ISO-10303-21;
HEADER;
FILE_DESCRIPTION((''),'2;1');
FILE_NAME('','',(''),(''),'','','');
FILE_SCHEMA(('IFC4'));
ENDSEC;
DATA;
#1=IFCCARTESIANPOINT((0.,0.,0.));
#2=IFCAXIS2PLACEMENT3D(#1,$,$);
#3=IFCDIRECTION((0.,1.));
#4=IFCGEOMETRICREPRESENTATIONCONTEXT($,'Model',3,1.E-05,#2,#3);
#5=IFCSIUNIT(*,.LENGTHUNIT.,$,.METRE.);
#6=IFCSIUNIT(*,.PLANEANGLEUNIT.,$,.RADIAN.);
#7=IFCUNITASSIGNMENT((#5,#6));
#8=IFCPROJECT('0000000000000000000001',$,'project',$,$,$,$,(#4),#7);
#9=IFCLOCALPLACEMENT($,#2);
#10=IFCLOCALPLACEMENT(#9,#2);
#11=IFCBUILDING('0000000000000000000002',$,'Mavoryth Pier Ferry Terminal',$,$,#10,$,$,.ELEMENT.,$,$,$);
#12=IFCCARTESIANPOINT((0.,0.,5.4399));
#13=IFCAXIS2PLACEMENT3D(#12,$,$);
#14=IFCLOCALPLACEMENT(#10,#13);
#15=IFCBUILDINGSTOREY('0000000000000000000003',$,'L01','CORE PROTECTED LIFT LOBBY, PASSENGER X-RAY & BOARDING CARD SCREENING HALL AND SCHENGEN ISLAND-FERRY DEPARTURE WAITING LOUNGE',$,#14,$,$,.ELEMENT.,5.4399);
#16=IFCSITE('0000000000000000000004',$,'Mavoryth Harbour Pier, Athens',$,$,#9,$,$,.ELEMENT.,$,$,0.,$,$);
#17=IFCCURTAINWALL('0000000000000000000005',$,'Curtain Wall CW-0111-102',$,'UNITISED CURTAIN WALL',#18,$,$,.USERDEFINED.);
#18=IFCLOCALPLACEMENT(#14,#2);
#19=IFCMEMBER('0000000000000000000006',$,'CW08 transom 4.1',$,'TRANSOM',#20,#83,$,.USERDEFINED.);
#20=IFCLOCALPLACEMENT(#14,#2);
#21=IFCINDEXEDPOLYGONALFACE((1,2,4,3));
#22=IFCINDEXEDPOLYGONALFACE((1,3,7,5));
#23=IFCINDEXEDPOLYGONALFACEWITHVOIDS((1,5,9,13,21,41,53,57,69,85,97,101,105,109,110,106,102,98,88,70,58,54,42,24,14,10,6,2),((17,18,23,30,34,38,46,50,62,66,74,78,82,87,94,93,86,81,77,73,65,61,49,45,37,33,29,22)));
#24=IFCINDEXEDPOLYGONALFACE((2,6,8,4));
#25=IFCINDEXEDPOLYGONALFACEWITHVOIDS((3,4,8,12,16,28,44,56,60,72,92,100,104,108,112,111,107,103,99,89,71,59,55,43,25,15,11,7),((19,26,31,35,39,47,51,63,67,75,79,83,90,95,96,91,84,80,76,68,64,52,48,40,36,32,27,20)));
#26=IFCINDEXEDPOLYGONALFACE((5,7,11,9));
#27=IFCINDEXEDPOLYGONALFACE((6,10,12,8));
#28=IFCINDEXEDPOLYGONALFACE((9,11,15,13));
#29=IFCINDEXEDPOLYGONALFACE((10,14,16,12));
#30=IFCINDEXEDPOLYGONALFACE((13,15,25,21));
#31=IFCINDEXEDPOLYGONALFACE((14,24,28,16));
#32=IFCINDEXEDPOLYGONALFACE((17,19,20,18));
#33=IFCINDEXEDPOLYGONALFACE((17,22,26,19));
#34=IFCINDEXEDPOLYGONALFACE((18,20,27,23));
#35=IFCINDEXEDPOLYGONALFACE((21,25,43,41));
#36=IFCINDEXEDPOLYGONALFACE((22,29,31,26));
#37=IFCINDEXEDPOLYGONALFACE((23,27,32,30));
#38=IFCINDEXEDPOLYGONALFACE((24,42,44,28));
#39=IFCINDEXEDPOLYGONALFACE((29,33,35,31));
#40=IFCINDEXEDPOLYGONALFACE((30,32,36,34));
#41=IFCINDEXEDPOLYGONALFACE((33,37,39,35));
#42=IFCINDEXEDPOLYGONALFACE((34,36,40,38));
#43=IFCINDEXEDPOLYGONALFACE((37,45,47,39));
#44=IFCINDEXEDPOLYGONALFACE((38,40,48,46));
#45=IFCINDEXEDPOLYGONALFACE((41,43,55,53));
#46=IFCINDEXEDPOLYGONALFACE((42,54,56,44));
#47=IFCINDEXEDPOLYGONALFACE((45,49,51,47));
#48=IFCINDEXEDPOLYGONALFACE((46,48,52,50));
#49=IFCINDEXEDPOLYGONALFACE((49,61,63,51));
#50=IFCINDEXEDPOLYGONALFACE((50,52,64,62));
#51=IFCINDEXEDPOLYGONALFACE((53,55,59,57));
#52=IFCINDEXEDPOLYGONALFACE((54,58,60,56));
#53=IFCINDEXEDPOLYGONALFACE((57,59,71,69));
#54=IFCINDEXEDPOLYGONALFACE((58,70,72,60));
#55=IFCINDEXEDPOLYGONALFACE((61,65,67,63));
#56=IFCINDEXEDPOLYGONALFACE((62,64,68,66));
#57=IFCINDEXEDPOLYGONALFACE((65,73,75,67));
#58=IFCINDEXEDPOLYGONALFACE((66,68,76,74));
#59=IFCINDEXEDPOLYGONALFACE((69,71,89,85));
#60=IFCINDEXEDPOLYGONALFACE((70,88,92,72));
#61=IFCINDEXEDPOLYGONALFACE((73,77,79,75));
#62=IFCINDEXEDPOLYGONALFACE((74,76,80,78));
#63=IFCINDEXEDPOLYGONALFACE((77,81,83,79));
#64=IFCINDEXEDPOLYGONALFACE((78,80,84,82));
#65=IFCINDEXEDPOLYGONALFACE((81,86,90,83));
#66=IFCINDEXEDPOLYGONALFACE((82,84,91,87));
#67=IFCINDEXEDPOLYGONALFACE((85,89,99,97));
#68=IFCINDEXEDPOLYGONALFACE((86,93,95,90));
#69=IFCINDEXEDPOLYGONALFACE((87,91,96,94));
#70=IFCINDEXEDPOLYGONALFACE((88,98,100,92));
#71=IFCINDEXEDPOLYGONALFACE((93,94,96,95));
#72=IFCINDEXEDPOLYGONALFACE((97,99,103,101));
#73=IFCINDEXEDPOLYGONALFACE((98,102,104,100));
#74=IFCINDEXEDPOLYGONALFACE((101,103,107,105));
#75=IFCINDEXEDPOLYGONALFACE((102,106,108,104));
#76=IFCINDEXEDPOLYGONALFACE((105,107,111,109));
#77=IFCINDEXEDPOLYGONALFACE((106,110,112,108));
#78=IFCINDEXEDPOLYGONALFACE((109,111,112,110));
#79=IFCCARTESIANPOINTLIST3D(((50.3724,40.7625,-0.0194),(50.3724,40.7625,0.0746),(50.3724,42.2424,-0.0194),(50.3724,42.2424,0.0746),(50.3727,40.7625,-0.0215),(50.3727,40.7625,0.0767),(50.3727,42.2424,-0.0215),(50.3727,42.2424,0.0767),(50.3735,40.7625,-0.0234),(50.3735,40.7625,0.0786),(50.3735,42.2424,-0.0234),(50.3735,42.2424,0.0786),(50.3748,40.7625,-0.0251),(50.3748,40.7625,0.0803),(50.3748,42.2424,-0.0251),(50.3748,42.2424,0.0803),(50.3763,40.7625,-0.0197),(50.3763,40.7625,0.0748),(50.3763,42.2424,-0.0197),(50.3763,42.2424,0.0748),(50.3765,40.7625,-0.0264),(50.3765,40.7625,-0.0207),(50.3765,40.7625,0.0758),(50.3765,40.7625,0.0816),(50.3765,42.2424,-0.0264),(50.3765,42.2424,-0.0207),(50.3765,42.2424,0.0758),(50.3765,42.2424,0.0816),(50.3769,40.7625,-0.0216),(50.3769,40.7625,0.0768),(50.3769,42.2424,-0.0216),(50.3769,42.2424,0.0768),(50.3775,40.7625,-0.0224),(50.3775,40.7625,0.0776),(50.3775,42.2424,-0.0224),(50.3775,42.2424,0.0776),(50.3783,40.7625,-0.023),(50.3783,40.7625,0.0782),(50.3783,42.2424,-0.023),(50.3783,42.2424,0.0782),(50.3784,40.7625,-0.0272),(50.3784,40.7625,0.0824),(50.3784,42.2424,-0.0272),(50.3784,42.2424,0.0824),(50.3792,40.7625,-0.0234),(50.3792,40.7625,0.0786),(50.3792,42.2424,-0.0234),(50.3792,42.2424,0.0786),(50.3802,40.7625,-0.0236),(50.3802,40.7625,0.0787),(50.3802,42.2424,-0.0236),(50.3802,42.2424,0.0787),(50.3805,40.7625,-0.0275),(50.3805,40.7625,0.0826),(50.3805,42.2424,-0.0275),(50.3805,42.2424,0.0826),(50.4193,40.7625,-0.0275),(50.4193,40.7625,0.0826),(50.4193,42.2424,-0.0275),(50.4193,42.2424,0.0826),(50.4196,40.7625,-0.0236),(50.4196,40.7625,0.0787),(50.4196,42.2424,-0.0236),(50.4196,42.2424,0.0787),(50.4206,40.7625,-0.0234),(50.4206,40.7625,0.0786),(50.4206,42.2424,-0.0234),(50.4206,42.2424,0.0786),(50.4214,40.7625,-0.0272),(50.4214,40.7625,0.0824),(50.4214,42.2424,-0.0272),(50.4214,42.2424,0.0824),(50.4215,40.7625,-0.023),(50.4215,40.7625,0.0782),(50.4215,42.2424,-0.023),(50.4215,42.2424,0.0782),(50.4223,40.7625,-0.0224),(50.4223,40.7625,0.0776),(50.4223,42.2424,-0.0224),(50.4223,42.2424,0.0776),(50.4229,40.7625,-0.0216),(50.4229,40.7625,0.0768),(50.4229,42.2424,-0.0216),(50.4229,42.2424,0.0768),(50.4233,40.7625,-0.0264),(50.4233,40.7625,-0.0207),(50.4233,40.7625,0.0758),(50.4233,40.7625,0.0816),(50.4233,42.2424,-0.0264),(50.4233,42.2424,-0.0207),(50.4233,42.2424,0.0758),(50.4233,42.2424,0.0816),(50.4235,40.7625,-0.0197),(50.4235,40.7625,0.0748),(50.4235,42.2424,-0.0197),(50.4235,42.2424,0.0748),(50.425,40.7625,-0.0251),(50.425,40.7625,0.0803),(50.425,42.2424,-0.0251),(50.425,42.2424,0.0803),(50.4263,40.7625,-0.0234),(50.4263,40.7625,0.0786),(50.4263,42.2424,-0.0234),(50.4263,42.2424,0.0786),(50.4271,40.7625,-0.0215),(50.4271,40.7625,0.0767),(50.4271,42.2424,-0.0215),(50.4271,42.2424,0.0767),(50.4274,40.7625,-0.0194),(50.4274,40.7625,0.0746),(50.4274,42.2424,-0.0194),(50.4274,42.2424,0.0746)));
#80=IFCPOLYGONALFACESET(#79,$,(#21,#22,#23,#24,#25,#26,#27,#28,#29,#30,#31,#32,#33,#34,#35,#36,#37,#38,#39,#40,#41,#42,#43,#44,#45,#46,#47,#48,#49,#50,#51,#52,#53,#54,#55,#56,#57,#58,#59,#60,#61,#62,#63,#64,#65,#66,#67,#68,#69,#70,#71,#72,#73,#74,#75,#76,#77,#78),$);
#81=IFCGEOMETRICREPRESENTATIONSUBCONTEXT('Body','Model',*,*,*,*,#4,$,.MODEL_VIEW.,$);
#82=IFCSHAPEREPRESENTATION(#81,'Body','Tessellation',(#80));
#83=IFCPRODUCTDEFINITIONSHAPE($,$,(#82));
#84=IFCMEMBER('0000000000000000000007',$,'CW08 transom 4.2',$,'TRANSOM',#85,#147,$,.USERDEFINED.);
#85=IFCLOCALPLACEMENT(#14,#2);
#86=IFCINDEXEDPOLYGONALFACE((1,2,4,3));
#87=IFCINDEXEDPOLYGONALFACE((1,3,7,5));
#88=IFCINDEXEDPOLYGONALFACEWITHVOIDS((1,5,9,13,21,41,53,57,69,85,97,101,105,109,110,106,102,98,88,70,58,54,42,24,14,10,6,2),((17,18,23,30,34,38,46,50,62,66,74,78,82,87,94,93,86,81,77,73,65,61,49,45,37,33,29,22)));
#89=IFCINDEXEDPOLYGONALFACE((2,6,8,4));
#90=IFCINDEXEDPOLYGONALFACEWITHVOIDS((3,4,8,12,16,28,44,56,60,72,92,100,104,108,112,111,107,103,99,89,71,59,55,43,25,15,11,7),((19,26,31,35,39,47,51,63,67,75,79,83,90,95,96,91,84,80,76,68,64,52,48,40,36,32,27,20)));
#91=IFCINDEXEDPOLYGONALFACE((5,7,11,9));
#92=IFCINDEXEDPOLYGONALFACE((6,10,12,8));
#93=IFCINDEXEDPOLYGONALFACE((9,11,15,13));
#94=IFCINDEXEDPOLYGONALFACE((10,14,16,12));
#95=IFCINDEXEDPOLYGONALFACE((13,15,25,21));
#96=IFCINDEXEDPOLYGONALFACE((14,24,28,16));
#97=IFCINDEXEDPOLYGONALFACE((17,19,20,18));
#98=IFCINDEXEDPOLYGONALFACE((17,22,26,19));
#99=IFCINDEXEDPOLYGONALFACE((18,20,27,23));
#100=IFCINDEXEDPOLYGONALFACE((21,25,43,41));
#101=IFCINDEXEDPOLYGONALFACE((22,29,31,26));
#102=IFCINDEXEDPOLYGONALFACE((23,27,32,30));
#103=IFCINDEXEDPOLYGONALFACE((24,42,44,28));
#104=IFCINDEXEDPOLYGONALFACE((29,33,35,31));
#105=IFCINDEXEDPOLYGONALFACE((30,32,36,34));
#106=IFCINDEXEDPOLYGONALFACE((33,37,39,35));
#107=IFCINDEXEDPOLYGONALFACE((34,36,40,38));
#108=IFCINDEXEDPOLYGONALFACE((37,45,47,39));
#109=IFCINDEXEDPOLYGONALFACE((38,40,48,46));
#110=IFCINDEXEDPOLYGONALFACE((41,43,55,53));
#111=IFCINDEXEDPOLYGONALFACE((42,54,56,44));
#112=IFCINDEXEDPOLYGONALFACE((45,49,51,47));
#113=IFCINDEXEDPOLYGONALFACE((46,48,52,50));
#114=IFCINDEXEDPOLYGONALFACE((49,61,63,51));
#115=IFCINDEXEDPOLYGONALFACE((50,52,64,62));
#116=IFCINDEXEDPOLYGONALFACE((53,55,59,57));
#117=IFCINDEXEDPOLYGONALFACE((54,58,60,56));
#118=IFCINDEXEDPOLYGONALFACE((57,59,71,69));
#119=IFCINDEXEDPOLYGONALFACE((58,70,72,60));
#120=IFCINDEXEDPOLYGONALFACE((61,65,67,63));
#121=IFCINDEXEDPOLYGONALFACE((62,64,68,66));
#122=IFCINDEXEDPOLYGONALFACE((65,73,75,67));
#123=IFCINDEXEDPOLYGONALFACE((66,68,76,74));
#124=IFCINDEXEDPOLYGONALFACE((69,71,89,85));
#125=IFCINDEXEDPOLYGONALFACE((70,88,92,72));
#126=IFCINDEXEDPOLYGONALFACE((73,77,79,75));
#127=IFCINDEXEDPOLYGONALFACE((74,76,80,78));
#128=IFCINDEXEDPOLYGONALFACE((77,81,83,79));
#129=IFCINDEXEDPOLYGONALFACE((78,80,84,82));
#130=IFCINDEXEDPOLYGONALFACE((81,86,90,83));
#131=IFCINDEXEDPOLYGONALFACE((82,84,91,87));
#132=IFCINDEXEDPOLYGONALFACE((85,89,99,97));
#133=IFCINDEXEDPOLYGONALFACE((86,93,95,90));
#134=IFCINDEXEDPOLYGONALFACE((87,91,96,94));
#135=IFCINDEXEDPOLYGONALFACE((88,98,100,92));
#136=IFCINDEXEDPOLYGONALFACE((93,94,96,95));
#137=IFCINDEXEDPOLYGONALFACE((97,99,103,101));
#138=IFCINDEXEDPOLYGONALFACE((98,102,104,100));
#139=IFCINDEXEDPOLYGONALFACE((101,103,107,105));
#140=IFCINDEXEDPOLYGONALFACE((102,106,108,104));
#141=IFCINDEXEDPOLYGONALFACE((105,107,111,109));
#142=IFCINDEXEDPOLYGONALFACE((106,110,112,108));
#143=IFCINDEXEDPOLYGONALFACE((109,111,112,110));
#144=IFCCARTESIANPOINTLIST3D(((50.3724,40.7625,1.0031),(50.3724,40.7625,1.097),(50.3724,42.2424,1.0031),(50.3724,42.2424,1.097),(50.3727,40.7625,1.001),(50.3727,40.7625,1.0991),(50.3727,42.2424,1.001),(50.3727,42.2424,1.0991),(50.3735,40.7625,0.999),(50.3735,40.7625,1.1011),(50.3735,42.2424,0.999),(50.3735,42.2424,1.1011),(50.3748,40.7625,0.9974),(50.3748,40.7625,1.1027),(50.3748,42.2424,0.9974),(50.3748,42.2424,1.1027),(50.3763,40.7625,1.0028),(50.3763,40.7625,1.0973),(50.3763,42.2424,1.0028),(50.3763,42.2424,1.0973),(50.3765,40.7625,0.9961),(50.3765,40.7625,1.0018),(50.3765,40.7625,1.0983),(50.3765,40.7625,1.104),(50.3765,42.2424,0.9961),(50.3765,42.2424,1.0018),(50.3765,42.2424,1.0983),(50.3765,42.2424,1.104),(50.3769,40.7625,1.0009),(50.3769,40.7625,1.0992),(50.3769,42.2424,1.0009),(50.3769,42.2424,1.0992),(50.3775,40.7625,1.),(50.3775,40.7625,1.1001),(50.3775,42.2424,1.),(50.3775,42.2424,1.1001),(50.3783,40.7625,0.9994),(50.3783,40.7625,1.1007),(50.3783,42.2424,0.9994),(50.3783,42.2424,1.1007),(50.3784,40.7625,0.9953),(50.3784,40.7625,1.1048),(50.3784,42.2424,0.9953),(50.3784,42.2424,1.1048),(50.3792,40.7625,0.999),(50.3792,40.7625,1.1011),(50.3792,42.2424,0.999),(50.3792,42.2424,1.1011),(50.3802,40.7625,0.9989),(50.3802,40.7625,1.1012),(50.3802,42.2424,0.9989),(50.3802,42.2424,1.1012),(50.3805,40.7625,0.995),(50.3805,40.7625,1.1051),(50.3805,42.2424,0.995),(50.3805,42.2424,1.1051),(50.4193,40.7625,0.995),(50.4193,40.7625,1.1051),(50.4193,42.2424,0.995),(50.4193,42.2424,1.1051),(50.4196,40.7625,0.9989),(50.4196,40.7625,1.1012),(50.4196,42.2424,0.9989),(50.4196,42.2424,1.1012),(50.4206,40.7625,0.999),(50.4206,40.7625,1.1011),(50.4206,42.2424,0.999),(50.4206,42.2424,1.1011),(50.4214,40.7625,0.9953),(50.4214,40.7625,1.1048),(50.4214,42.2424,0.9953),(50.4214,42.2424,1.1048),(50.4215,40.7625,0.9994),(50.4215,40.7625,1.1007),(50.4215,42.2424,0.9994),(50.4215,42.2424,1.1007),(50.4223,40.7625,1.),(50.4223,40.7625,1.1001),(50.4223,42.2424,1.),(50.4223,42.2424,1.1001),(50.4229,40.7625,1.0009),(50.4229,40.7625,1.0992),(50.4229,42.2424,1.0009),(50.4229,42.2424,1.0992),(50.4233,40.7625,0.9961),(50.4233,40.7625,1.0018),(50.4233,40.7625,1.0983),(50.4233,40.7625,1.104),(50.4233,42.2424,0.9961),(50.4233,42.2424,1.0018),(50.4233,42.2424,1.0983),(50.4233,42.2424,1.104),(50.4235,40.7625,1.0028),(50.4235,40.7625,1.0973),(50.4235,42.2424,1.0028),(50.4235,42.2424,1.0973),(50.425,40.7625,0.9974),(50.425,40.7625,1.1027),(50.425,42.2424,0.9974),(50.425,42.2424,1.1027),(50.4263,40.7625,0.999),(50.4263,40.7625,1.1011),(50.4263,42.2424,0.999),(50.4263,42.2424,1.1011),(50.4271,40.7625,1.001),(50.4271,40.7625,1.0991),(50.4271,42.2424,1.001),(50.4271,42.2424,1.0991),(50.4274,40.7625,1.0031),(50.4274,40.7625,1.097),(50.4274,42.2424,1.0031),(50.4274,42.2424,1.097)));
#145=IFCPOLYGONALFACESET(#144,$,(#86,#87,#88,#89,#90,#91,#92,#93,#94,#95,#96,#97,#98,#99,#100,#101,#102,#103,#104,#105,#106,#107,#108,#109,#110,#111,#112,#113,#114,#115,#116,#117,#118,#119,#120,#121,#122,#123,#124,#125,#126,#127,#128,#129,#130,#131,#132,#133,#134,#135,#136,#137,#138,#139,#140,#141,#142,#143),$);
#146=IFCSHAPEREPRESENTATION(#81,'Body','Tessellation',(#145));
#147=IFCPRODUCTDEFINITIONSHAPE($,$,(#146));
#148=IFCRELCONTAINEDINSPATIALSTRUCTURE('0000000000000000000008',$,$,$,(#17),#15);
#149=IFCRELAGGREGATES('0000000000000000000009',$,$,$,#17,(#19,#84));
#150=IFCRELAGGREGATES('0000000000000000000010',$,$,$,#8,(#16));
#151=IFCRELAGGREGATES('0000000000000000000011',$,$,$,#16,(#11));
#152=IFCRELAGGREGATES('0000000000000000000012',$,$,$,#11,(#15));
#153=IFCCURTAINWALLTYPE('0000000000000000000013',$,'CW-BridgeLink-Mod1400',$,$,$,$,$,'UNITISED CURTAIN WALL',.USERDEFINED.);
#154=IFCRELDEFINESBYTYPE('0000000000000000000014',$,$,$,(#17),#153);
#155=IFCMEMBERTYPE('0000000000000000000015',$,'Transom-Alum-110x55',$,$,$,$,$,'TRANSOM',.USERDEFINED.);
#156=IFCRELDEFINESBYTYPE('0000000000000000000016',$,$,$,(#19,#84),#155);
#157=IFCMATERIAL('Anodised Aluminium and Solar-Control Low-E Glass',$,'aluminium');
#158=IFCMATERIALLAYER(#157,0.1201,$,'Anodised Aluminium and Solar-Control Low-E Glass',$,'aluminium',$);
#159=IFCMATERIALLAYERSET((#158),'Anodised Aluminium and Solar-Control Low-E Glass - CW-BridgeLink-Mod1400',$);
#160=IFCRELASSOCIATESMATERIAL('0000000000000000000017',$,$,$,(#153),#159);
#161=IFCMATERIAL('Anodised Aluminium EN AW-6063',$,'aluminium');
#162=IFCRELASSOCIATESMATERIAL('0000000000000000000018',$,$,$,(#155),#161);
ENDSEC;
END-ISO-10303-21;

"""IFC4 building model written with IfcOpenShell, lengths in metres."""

from ifc_helpers import new_model, si_unit, direction, frame, origin, origin_2d, place, context, subcontext, project, spatial, hollow_rectangle, extrude, material, layer, layer_set, material_profile, profile_set, type_object, element, aggregate, save


model = new_model("IFC4")

# Units and contexts
model_context = context("Model", 3, precision=1e-05, world=origin(), true_north=direction((0.0, 1.0)))
body_context = subcontext(model_context, "Body", "Model", "MODEL_VIEW")
ifc_project = project(units=[si_unit("LENGTHUNIT", "METRE"), si_unit("PLANEANGLEUNIT", "RADIAN")], contexts=[model_context])

# Site, building, storey
site_placement = place(None, origin())
site = spatial("IfcSite", under=ifc_project, at=site_placement, Name="Mavoryth Harbour Pier, Athens", CompositionType="ELEMENT", RefElevation=0.0)
building_placement = place(site_placement, origin())
building = spatial("IfcBuilding", under=site, at=building_placement, Name="Mavoryth Pier Ferry Terminal", CompositionType="ELEMENT")
storey_placement = place(building_placement, frame((0.0, 0.0, 5.4399)))
storey = spatial("IfcBuildingStorey", under=building, at=storey_placement, Name="L01", Description="CORE PROTECTED LIFT LOBBY, PASSENGER X-RAY & BOARDING CARD SCREENING HALL AND SCHENGEN ISLAND-FERRY DEPARTURE WAITING LOUNGE", CompositionType="ELEMENT", Elevation=5.4399)

# Curtain wall
ifc_material_1 = material(Name="Anodised Aluminium and Solar-Control Low-E Glass", Category="aluminium")
ifc_layer_1 = layer(ifc_material_1, 0.1201, Name="Anodised Aluminium and Solar-Control Low-E Glass", Category="aluminium")
ifc_layer_set_1 = layer_set([ifc_layer_1], Name="Anodised Aluminium and Solar-Control Low-E Glass - CW-BridgeLink-Mod1400")
curtain_wall_type = type_object("IfcCurtainWallType", Name="CW-BridgeLink-Mod1400", ElementType="UNITISED CURTAIN WALL", PredefinedType="USERDEFINED", material=ifc_layer_set_1)
curtain_wall_1_placement = place(storey_placement, origin())
curtain_wall_1 = element("IfcCurtainWall", 1, at=curtain_wall_1_placement, inside=storey, type_object=curtain_wall_type, Name="Curtain Wall CW-0111-102", ObjectType="UNITISED CURTAIN WALL", PredefinedType="USERDEFINED")
ifc_material_2 = material(Name="Anodised Aluminium EN AW-6063", Category="aluminium")

# Members
ifc_material_profile_1 = material_profile(ifc_material_2, hollow_rectangle(XDim=0.0549, YDim=0.1101, WallThickness=0.0039, InnerFilletRadius=0.0039, OuterFilletRadius=0.0081, at=origin_2d()), Name="AL-TRAN 110x55x4", Category="aluminium")
ifc_profile_set_1 = profile_set([ifc_material_profile_1], Name="Anodised Aluminium EN AW-6063 - AL-TRAN 110x55x4")
member_type_1 = type_object("IfcMemberType", Name="Transom-Alum-110x55", ElementType="TRANSOM", PredefinedType="USERDEFINED", material=ifc_profile_set_1)
member_1_placement = place(storey_placement, frame((50.3999, 42.2424, 0.0276), z_axis=(0.0, -1.0, 0.0), x_axis=(1.0, 0.0, 0.0)))
member_1 = element("IfcMember", 2, at=member_1_placement, type_object=member_type_1, Name="CW08 transom 4.1", ObjectType="TRANSOM", PredefinedType="USERDEFINED", context=body_context, shape_type="SweptSolid", body=[
    extrude(hollow_rectangle(XDim=0.0549, YDim=0.1101, WallThickness=0.0039, InnerFilletRadius=0.0039, OuterFilletRadius=0.0081, at=origin_2d()), origin(), (0.0, 0.0, 1.0), 1.48),
])
member_2_placement = place(storey_placement, frame((50.3999, 42.2424, 1.05), z_axis=(0.0, -1.0, 0.0), x_axis=(1.0, 0.0, 0.0)))
member_2 = element("IfcMember", 3, at=member_2_placement, type_object=member_type_1, Name="CW08 transom 4.2", ObjectType="TRANSOM", PredefinedType="USERDEFINED", context=body_context, shape_type="SweptSolid", body=[
    extrude(hollow_rectangle(XDim=0.0549, YDim=0.1101, WallThickness=0.0039, InnerFilletRadius=0.0039, OuterFilletRadius=0.0081, at=origin_2d()), origin(), (0.0, 0.0, 1.0), 1.48),
])

aggregate(curtain_wall_1, [member_1, member_2])

save(model, "model.ifc")
